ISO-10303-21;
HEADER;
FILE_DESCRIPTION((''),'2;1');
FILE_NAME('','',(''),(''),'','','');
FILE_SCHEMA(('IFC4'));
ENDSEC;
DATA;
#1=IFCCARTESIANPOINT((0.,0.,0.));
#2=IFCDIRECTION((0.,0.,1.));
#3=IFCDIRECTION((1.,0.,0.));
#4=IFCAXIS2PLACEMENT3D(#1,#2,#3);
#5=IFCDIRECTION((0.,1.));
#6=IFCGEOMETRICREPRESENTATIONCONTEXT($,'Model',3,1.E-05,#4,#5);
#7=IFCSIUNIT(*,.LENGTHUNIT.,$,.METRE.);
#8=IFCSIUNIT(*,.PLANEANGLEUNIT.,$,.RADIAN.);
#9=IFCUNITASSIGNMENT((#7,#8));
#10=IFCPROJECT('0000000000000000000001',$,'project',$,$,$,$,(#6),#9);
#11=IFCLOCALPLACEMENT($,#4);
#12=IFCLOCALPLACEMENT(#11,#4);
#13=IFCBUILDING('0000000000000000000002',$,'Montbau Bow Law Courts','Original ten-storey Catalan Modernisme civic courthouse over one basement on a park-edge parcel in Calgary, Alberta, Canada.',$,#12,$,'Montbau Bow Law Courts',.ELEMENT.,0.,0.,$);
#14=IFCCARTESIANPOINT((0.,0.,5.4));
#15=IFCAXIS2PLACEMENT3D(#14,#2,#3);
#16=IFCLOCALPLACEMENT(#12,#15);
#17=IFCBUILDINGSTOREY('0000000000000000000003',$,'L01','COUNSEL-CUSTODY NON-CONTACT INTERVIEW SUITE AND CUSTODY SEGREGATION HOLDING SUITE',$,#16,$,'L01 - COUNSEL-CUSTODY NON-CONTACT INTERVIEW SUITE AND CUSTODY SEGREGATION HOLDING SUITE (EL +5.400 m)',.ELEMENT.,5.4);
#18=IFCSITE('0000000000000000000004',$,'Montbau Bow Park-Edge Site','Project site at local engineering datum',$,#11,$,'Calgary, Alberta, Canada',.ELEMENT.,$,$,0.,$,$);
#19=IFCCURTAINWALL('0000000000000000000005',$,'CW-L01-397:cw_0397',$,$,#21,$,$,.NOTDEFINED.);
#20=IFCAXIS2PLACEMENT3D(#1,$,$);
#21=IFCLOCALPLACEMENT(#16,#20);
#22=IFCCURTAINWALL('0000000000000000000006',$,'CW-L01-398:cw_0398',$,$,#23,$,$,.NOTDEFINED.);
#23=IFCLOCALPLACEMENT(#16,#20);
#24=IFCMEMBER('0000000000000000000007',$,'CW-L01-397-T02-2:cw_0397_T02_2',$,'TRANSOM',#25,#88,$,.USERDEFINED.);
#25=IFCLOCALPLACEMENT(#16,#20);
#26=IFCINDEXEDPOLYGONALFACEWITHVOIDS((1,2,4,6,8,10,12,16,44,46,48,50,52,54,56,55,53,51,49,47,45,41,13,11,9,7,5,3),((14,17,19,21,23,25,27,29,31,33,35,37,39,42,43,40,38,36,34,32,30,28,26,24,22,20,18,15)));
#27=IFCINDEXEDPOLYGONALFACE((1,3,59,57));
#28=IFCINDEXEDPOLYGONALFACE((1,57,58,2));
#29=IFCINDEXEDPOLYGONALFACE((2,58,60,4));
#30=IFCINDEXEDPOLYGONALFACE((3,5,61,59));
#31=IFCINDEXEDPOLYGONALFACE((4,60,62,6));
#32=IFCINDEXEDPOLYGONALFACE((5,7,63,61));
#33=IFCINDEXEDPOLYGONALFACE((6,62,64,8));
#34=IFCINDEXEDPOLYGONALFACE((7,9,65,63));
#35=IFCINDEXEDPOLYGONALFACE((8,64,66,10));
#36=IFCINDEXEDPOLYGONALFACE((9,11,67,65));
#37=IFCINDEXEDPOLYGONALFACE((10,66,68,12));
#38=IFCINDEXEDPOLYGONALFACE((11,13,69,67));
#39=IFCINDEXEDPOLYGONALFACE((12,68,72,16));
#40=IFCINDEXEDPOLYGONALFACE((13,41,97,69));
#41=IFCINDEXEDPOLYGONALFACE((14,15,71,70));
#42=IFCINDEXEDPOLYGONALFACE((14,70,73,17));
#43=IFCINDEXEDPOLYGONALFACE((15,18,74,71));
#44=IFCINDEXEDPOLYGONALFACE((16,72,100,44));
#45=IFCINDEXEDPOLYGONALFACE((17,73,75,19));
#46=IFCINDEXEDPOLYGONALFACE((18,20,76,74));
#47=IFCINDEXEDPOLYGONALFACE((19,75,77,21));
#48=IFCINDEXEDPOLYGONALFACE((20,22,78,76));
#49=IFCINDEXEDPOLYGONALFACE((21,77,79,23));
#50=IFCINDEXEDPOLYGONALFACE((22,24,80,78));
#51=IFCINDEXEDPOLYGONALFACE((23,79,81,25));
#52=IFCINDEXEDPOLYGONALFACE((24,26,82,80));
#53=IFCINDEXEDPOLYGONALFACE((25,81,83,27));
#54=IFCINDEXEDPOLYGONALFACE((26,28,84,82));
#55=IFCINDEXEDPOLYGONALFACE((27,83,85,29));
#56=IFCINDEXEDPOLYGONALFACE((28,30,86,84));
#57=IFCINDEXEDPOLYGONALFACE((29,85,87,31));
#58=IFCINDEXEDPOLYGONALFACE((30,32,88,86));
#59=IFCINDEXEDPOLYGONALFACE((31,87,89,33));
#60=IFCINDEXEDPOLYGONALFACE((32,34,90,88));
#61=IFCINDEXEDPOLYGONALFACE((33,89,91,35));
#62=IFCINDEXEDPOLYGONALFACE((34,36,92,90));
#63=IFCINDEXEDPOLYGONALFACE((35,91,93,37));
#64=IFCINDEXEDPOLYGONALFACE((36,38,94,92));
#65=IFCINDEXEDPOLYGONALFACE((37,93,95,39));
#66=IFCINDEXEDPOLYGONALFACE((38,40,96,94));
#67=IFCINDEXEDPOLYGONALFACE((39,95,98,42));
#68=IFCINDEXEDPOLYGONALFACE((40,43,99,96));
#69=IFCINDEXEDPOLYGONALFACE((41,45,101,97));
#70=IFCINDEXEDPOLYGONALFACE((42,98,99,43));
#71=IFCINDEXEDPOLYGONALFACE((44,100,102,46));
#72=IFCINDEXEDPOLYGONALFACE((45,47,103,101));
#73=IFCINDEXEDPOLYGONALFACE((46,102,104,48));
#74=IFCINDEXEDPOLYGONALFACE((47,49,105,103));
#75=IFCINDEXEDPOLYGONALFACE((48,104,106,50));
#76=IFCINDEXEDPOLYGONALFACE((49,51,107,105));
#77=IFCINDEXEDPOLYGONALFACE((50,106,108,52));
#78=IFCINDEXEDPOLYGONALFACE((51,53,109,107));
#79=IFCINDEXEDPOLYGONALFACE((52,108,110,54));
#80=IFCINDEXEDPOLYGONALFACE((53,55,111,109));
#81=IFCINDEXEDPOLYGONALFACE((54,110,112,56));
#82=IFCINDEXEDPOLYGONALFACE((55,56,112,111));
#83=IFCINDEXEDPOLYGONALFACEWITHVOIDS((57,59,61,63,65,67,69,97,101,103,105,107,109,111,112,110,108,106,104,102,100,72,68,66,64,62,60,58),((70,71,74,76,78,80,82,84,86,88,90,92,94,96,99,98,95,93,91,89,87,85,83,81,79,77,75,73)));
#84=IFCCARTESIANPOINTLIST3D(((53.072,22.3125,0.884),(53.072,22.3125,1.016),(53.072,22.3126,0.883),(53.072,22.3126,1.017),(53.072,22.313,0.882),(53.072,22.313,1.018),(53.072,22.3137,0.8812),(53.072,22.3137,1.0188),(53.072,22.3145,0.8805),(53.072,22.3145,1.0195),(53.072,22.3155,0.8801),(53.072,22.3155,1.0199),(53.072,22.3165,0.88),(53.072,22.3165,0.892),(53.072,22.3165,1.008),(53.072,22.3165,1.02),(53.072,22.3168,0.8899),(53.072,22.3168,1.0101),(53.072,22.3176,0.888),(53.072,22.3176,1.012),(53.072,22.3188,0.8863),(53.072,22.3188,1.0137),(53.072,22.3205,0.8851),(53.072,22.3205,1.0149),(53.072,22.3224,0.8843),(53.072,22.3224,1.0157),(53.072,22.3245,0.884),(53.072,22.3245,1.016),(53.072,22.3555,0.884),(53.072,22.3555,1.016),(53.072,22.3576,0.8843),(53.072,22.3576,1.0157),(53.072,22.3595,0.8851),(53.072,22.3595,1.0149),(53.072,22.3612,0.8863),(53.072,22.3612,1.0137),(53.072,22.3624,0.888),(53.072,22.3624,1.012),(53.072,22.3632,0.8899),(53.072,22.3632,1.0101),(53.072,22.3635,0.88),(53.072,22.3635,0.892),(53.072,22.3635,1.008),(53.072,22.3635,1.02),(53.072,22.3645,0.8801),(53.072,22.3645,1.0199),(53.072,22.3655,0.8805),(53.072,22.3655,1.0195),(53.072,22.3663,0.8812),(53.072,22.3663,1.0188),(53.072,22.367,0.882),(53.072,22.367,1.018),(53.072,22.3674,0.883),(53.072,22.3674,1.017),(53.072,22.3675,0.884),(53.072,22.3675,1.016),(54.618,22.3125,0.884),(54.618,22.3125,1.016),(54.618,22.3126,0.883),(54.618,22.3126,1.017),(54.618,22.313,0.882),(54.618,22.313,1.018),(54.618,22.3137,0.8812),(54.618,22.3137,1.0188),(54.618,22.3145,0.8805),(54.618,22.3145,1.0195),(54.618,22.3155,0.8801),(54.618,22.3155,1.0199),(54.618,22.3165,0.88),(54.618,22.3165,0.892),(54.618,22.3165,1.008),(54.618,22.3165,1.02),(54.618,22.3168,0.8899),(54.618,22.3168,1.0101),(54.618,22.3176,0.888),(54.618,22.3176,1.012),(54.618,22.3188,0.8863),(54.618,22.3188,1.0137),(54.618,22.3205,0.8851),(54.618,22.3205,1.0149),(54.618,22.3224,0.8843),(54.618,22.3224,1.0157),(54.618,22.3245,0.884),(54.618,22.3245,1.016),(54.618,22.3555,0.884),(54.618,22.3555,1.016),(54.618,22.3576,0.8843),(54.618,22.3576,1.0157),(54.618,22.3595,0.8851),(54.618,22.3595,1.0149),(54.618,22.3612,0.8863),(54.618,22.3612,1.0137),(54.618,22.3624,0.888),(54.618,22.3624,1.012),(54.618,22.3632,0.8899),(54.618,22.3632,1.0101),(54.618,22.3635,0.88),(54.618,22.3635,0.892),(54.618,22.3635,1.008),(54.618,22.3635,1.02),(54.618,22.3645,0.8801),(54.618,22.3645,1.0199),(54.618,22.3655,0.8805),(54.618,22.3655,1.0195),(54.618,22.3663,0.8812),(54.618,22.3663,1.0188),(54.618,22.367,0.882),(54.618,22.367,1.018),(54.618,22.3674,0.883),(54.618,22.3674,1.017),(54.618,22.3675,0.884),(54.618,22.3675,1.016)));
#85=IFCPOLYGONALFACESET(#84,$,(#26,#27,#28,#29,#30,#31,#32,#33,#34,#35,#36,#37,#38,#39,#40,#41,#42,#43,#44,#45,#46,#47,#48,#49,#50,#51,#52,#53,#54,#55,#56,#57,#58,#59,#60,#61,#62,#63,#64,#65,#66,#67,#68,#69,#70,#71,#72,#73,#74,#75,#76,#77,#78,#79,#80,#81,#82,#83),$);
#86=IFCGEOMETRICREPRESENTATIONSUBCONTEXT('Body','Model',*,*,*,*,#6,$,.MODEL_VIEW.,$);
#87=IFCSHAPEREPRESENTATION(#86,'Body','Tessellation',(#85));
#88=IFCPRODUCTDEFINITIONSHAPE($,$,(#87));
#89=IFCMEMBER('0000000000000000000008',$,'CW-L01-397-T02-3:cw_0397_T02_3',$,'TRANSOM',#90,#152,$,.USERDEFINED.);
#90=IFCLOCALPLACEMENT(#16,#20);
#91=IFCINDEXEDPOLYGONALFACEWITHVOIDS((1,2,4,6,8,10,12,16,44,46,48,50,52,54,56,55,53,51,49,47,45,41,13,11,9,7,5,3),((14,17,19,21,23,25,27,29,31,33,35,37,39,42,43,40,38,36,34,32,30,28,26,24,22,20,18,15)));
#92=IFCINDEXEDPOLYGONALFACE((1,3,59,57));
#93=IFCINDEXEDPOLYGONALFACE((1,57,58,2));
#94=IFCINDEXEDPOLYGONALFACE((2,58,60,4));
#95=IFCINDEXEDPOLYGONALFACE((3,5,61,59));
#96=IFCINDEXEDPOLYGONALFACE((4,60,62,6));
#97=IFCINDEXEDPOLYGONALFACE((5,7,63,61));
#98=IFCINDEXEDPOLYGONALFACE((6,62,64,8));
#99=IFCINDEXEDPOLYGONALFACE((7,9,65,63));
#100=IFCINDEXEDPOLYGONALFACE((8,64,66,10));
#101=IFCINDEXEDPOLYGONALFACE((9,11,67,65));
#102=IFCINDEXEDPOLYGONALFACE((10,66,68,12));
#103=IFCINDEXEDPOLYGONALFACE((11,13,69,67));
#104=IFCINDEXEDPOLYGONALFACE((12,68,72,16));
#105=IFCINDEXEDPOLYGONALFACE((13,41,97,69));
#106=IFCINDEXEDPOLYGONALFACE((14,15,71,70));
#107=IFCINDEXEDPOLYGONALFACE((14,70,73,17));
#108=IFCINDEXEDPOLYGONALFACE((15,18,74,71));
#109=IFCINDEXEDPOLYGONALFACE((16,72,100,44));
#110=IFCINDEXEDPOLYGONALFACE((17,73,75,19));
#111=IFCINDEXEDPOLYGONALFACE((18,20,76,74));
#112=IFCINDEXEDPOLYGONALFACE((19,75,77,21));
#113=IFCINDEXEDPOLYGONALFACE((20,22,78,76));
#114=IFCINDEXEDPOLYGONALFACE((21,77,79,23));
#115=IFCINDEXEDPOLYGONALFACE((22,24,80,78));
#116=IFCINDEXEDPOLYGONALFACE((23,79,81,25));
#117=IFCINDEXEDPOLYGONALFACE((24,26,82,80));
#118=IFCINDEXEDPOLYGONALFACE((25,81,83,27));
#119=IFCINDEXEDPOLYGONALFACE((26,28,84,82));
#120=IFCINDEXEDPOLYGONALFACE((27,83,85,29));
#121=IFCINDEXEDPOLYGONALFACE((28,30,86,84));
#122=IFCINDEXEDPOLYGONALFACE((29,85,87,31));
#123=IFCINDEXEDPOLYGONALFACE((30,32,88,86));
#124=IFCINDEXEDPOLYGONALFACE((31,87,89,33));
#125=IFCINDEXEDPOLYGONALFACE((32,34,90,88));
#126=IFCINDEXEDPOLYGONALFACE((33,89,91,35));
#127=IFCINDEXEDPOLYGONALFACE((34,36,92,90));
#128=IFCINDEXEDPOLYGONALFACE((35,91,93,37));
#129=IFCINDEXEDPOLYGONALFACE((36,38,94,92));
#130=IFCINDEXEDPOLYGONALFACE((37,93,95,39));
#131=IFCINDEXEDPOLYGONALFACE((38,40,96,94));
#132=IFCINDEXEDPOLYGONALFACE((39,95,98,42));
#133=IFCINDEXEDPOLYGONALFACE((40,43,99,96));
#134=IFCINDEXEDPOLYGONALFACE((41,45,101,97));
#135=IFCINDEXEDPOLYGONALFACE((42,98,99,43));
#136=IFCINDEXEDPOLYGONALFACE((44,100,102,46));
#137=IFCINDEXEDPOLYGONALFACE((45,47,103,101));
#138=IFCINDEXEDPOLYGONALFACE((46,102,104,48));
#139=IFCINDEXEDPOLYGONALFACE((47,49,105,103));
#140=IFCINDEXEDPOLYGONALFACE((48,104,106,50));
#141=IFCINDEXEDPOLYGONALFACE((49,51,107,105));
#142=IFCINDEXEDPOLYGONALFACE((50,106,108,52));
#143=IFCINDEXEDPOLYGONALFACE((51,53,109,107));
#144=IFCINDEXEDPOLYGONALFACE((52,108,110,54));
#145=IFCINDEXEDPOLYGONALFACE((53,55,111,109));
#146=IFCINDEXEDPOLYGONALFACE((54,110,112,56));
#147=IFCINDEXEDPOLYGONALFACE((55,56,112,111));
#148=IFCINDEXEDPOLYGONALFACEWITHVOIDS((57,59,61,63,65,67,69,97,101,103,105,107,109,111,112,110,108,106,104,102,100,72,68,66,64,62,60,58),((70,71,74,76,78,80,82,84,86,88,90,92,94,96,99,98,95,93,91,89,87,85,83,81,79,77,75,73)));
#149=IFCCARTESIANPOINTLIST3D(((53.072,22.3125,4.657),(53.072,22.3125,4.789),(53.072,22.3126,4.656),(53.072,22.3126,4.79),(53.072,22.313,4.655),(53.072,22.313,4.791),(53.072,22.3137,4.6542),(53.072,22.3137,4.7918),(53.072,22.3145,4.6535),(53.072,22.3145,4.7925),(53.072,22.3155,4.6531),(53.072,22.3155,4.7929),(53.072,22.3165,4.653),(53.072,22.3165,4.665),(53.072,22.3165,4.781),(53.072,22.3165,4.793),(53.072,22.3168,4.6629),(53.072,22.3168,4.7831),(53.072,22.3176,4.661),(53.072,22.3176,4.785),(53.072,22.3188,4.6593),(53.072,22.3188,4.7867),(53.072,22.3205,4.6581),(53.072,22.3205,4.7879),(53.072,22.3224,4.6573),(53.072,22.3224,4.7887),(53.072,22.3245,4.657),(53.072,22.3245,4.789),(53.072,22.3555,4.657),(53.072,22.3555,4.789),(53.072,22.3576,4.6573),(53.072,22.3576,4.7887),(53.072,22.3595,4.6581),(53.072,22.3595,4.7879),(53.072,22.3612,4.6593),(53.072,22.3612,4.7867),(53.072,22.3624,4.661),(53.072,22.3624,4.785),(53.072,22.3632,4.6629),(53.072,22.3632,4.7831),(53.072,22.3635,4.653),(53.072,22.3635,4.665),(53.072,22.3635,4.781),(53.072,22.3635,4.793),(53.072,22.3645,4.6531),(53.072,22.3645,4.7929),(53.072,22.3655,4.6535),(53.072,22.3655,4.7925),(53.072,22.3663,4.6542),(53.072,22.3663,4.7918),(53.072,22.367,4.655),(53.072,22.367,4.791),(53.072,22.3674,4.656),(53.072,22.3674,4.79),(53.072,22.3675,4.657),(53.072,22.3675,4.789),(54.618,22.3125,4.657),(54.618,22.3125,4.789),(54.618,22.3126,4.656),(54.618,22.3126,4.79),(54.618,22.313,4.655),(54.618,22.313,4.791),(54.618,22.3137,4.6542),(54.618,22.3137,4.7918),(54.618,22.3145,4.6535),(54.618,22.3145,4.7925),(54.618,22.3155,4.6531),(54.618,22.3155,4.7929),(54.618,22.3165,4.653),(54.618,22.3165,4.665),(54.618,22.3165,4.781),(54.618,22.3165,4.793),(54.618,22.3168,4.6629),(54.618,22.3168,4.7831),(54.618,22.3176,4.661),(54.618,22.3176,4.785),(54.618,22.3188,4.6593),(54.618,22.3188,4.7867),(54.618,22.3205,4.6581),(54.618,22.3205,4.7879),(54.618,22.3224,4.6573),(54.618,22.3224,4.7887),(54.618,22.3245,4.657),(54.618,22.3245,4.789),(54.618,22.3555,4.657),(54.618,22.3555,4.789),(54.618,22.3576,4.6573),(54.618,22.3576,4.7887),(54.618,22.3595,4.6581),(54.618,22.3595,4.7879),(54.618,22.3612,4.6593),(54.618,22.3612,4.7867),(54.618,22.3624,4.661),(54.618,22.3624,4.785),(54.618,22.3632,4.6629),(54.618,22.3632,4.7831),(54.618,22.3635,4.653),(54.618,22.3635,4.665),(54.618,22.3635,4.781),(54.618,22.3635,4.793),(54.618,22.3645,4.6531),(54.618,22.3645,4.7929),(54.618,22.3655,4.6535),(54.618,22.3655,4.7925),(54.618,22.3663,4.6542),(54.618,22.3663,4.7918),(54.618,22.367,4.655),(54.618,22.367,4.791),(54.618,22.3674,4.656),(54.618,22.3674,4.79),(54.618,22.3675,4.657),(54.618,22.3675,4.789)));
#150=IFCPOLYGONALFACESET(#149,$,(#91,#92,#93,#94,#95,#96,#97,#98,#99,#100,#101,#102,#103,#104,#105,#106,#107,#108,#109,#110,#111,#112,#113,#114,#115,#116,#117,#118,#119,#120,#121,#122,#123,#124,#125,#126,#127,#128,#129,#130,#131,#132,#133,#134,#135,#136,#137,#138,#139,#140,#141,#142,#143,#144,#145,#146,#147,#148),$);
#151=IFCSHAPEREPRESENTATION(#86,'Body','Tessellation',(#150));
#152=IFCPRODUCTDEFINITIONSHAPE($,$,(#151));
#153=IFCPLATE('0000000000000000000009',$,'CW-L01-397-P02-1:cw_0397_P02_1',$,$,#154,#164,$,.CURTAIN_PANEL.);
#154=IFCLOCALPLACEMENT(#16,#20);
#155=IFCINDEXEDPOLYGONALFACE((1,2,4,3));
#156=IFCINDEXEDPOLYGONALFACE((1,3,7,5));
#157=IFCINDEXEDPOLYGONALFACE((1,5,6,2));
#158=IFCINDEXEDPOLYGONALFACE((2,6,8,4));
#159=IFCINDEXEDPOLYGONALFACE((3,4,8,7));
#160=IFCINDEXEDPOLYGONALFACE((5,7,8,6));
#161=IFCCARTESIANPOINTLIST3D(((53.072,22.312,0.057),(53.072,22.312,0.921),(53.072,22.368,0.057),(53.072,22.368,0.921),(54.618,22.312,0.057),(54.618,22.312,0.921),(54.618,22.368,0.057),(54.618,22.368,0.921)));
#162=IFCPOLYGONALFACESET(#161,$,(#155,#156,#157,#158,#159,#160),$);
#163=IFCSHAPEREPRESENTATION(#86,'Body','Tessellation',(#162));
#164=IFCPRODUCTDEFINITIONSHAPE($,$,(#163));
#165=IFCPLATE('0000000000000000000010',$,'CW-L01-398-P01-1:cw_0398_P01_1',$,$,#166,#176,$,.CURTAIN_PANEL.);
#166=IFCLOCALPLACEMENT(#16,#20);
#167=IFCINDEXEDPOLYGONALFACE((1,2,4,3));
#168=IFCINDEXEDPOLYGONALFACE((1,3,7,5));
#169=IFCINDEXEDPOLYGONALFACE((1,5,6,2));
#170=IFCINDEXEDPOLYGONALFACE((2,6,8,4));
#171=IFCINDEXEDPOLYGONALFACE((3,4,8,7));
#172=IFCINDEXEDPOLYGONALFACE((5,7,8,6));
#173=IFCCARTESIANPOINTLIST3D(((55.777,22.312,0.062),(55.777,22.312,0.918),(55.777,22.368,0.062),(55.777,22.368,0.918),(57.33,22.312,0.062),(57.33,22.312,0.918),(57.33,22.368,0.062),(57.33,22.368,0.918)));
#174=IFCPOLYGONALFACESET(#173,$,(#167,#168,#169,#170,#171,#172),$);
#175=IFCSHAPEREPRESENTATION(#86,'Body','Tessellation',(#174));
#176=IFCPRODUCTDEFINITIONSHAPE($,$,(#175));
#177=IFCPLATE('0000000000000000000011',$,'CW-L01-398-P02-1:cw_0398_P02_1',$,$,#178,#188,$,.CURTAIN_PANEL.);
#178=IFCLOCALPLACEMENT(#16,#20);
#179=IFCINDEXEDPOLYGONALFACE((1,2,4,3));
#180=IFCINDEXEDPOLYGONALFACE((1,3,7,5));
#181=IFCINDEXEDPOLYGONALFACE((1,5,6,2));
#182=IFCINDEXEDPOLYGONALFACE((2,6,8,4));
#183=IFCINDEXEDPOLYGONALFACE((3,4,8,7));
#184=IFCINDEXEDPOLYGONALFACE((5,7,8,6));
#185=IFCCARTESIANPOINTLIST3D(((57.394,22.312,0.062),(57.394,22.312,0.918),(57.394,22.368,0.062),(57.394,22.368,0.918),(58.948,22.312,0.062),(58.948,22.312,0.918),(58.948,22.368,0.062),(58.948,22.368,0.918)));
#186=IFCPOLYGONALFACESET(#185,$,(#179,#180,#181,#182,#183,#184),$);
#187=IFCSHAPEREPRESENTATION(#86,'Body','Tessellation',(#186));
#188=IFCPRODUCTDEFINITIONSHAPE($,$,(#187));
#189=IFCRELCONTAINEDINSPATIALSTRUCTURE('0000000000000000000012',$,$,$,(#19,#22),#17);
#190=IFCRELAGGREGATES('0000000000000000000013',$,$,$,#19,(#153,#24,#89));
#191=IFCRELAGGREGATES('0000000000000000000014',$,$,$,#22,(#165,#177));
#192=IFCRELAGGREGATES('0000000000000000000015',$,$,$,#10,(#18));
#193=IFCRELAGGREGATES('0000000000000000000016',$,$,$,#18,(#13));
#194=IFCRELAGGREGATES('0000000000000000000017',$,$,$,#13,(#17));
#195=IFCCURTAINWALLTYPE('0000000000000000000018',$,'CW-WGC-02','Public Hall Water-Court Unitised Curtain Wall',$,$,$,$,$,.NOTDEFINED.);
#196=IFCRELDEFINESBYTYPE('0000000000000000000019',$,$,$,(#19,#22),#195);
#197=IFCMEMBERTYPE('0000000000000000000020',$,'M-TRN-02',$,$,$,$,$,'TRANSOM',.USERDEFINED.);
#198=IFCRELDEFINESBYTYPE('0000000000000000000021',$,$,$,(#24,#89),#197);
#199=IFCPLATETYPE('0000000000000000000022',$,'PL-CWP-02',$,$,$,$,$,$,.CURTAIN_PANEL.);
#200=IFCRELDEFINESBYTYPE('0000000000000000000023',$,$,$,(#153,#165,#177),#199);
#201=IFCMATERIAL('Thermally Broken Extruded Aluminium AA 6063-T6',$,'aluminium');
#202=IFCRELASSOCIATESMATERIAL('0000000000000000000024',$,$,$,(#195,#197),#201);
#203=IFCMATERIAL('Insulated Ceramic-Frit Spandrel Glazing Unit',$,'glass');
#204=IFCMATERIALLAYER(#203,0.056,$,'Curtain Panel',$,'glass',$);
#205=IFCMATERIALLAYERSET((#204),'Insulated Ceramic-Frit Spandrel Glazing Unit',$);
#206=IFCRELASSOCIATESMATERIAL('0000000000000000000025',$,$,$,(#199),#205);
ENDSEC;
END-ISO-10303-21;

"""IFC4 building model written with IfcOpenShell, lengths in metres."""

from ifc_helpers import new_model, si_unit, direction, frame, frame_2d, origin_with_axes, origin_2d_with_axis, place, context, subcontext, project, spatial, rectangle, hollow_rectangle, extrude, material, layer, layer_set, material_profile, profile_set, type_object, element, aggregate, save


model = new_model("IFC4")

# Units and contexts
model_context = context("Model", 3, precision=1e-05, world=origin_with_axes(), true_north=direction((0.0, 1.0)))
body_context = subcontext(model_context, "Body", "Model", "MODEL_VIEW")
ifc_project = project(units=[si_unit("LENGTHUNIT", "METRE"), si_unit("PLANEANGLEUNIT", "RADIAN")], contexts=[model_context])

# Site, building, storey
site_placement = place(None, origin_with_axes())
site = spatial("IfcSite", under=ifc_project, at=site_placement, Name="Montbau Bow Park-Edge Site", Description="Project site at local engineering datum", LongName="Calgary, Alberta, Canada", CompositionType="ELEMENT", RefElevation=0.0)
building_placement = place(site_placement, origin_with_axes())
building = spatial("IfcBuilding", under=site, at=building_placement, Name="Montbau Bow Law Courts", Description="Original ten-storey Catalan Modernisme civic courthouse over one basement on a park-edge parcel in Calgary, Alberta, Canada.", LongName="Montbau Bow Law Courts", CompositionType="ELEMENT", ElevationOfRefHeight=0.0, ElevationOfTerrain=0.0)
storey_placement = place(building_placement, frame((0.0, 0.0, 5.4), z_axis=(0.0, 0.0, 1.0), x_axis=(1.0, 0.0, 0.0)))
storey = spatial("IfcBuildingStorey", under=building, at=storey_placement, Name="L01", Description="COUNSEL-CUSTODY NON-CONTACT INTERVIEW SUITE AND CUSTODY SEGREGATION HOLDING SUITE", LongName="L01 - COUNSEL-CUSTODY NON-CONTACT INTERVIEW SUITE AND CUSTODY SEGREGATION HOLDING SUITE (EL +5.400 m)", CompositionType="ELEMENT", Elevation=5.4)

# Curtain walls
ifc_material_1 = material(Name="Thermally Broken Extruded Aluminium AA 6063-T6", Category="aluminium")
curtain_wall_type = type_object("IfcCurtainWallType", Name="CW-WGC-02", Description="Public Hall Water-Court Unitised Curtain Wall", PredefinedType="NOTDEFINED", material=ifc_material_1)
curtain_wall_1_placement = place(None, frame((51.39, 22.34, 5.4), z_axis=(0.0, 0.0, 1.0), x_axis=(1.0, 0.0, 0.0)))
curtain_wall_1 = element("IfcCurtainWall", 1, at=curtain_wall_1_placement, inside=storey, type_object=curtain_wall_type, Name="CW-L01-397:cw_0397", PredefinedType="NOTDEFINED")
curtain_wall_2_placement = place(None, frame((55.715, 22.34, 5.4), z_axis=(0.0, 0.0, 1.0), x_axis=(1.0, 0.0, 0.0)))
curtain_wall_2 = element("IfcCurtainWall", 2, at=curtain_wall_2_placement, inside=storey, type_object=curtain_wall_type, Name="CW-L01-398:cw_0398", PredefinedType="NOTDEFINED")

# Members
ifc_material_profile_1 = material_profile(ifc_material_1, hollow_rectangle(XDim=0.055, YDim=0.14, WallThickness=0.004, InnerFilletRadius=0.008, OuterFilletRadius=0.004, at=origin_2d_with_axis()), Name="CWT-140X55", Category="Main", Priority=0)
ifc_profile_set_1 = profile_set([ifc_material_profile_1], Name="Thermally Broken Extruded Aluminium AA 6063-T6")
member_type_1 = type_object("IfcMemberType", Name="M-TRN-02", ElementType="TRANSOM", PredefinedType="USERDEFINED", material=ifc_profile_set_1)
member_1_placement = place(None, frame((53.072, 22.34, 6.35), z_axis=(1.0, 0.0, 0.0), x_axis=(0.0, 1.0, 0.0)))
member_1 = element("IfcMember", 3, at=member_1_placement, type_object=member_type_1, Name="CW-L01-397-T02-2:cw_0397_T02_2", ObjectType="TRANSOM", PredefinedType="USERDEFINED", context=body_context, shape_type="SweptSolid", body=[
    extrude(hollow_rectangle(XDim=0.055, YDim=0.14, WallThickness=0.004, InnerFilletRadius=0.008, OuterFilletRadius=0.004, at=origin_2d_with_axis()), origin_with_axes(), (0.0, 0.0, 1.0), 1.546),
])
member_2_placement = place(None, frame((53.072, 22.34, 10.123), z_axis=(1.0, 0.0, 0.0), x_axis=(0.0, 1.0, 0.0)))
member_2 = element("IfcMember", 4, at=member_2_placement, type_object=member_type_1, Name="CW-L01-397-T02-3:cw_0397_T02_3", ObjectType="TRANSOM", PredefinedType="USERDEFINED", context=body_context, shape_type="SweptSolid", body=[
    extrude(hollow_rectangle(XDim=0.055, YDim=0.14, WallThickness=0.004, InnerFilletRadius=0.008, OuterFilletRadius=0.004, at=origin_2d_with_axis()), origin_with_axes(), (0.0, 0.0, 1.0), 1.546),
])

# Plates
ifc_material_2 = material(Name="Insulated Ceramic-Frit Spandrel Glazing Unit", Category="glass")
ifc_layer_1 = layer(ifc_material_2, 0.056, Name="Curtain Panel", Category="glass")
ifc_layer_set_1 = layer_set([ifc_layer_1], Name="Insulated Ceramic-Frit Spandrel Glazing Unit")
plate_type_1 = type_object("IfcPlateType", Name="PL-CWP-02", PredefinedType="CURTAIN_PANEL", material=ifc_layer_set_1)
plate_1_placement = place(None, frame((53.072, 22.34, 5.457), z_axis=(0.0, -1.0, 0.0), x_axis=(1.0, 0.0, 0.0)))
plate_1 = element("IfcPlate", 5, at=plate_1_placement, type_object=plate_type_1, Name="CW-L01-397-P02-1:cw_0397_P02_1", PredefinedType="CURTAIN_PANEL", context=body_context, shape_type="SweptSolid", body=[
    extrude(rectangle(XDim=1.546, YDim=0.864, at=frame_2d((0.773, 0.432), x_axis=(1.0, 0.0))), frame((0.0, 0.0, -0.028), z_axis=(0.0, 0.0, 1.0), x_axis=(1.0, 0.0, 0.0)), (0.0, 0.0, 1.0), 0.056),
])
plate_2_placement = place(None, frame((55.777, 22.34, 5.462), z_axis=(0.0, -1.0, 0.0), x_axis=(1.0, 0.0, 0.0)))
plate_2 = element("IfcPlate", 6, at=plate_2_placement, type_object=plate_type_1, Name="CW-L01-398-P01-1:cw_0398_P01_1", PredefinedType="CURTAIN_PANEL", context=body_context, shape_type="SweptSolid", body=[
    extrude(rectangle(XDim=1.553, YDim=0.856, at=frame_2d((0.7765, 0.428), x_axis=(1.0, 0.0))), frame((0.0, 0.0, -0.028), z_axis=(0.0, 0.0, 1.0), x_axis=(1.0, 0.0, 0.0)), (0.0, 0.0, 1.0), 0.056),
])
plate_3_placement = place(None, frame((57.394, 22.34, 5.462), z_axis=(0.0, -1.0, 0.0), x_axis=(1.0, 0.0, 0.0)))
plate_3 = element("IfcPlate", 7, at=plate_3_placement, type_object=plate_type_1, Name="CW-L01-398-P02-1:cw_0398_P02_1", PredefinedType="CURTAIN_PANEL", context=body_context, shape_type="SweptSolid", body=[
    extrude(rectangle(XDim=1.554, YDim=0.856, at=frame_2d((0.777, 0.428), x_axis=(1.0, 0.0))), frame((0.0, 0.0, -0.028), z_axis=(0.0, 0.0, 1.0), x_axis=(1.0, 0.0, 0.0)), (0.0, 0.0, 1.0), 0.056),
])
aggregate(curtain_wall_1, [plate_1, member_1, member_2])
aggregate(curtain_wall_2, [plate_2, plate_3])

save(model, "model.ifc")
